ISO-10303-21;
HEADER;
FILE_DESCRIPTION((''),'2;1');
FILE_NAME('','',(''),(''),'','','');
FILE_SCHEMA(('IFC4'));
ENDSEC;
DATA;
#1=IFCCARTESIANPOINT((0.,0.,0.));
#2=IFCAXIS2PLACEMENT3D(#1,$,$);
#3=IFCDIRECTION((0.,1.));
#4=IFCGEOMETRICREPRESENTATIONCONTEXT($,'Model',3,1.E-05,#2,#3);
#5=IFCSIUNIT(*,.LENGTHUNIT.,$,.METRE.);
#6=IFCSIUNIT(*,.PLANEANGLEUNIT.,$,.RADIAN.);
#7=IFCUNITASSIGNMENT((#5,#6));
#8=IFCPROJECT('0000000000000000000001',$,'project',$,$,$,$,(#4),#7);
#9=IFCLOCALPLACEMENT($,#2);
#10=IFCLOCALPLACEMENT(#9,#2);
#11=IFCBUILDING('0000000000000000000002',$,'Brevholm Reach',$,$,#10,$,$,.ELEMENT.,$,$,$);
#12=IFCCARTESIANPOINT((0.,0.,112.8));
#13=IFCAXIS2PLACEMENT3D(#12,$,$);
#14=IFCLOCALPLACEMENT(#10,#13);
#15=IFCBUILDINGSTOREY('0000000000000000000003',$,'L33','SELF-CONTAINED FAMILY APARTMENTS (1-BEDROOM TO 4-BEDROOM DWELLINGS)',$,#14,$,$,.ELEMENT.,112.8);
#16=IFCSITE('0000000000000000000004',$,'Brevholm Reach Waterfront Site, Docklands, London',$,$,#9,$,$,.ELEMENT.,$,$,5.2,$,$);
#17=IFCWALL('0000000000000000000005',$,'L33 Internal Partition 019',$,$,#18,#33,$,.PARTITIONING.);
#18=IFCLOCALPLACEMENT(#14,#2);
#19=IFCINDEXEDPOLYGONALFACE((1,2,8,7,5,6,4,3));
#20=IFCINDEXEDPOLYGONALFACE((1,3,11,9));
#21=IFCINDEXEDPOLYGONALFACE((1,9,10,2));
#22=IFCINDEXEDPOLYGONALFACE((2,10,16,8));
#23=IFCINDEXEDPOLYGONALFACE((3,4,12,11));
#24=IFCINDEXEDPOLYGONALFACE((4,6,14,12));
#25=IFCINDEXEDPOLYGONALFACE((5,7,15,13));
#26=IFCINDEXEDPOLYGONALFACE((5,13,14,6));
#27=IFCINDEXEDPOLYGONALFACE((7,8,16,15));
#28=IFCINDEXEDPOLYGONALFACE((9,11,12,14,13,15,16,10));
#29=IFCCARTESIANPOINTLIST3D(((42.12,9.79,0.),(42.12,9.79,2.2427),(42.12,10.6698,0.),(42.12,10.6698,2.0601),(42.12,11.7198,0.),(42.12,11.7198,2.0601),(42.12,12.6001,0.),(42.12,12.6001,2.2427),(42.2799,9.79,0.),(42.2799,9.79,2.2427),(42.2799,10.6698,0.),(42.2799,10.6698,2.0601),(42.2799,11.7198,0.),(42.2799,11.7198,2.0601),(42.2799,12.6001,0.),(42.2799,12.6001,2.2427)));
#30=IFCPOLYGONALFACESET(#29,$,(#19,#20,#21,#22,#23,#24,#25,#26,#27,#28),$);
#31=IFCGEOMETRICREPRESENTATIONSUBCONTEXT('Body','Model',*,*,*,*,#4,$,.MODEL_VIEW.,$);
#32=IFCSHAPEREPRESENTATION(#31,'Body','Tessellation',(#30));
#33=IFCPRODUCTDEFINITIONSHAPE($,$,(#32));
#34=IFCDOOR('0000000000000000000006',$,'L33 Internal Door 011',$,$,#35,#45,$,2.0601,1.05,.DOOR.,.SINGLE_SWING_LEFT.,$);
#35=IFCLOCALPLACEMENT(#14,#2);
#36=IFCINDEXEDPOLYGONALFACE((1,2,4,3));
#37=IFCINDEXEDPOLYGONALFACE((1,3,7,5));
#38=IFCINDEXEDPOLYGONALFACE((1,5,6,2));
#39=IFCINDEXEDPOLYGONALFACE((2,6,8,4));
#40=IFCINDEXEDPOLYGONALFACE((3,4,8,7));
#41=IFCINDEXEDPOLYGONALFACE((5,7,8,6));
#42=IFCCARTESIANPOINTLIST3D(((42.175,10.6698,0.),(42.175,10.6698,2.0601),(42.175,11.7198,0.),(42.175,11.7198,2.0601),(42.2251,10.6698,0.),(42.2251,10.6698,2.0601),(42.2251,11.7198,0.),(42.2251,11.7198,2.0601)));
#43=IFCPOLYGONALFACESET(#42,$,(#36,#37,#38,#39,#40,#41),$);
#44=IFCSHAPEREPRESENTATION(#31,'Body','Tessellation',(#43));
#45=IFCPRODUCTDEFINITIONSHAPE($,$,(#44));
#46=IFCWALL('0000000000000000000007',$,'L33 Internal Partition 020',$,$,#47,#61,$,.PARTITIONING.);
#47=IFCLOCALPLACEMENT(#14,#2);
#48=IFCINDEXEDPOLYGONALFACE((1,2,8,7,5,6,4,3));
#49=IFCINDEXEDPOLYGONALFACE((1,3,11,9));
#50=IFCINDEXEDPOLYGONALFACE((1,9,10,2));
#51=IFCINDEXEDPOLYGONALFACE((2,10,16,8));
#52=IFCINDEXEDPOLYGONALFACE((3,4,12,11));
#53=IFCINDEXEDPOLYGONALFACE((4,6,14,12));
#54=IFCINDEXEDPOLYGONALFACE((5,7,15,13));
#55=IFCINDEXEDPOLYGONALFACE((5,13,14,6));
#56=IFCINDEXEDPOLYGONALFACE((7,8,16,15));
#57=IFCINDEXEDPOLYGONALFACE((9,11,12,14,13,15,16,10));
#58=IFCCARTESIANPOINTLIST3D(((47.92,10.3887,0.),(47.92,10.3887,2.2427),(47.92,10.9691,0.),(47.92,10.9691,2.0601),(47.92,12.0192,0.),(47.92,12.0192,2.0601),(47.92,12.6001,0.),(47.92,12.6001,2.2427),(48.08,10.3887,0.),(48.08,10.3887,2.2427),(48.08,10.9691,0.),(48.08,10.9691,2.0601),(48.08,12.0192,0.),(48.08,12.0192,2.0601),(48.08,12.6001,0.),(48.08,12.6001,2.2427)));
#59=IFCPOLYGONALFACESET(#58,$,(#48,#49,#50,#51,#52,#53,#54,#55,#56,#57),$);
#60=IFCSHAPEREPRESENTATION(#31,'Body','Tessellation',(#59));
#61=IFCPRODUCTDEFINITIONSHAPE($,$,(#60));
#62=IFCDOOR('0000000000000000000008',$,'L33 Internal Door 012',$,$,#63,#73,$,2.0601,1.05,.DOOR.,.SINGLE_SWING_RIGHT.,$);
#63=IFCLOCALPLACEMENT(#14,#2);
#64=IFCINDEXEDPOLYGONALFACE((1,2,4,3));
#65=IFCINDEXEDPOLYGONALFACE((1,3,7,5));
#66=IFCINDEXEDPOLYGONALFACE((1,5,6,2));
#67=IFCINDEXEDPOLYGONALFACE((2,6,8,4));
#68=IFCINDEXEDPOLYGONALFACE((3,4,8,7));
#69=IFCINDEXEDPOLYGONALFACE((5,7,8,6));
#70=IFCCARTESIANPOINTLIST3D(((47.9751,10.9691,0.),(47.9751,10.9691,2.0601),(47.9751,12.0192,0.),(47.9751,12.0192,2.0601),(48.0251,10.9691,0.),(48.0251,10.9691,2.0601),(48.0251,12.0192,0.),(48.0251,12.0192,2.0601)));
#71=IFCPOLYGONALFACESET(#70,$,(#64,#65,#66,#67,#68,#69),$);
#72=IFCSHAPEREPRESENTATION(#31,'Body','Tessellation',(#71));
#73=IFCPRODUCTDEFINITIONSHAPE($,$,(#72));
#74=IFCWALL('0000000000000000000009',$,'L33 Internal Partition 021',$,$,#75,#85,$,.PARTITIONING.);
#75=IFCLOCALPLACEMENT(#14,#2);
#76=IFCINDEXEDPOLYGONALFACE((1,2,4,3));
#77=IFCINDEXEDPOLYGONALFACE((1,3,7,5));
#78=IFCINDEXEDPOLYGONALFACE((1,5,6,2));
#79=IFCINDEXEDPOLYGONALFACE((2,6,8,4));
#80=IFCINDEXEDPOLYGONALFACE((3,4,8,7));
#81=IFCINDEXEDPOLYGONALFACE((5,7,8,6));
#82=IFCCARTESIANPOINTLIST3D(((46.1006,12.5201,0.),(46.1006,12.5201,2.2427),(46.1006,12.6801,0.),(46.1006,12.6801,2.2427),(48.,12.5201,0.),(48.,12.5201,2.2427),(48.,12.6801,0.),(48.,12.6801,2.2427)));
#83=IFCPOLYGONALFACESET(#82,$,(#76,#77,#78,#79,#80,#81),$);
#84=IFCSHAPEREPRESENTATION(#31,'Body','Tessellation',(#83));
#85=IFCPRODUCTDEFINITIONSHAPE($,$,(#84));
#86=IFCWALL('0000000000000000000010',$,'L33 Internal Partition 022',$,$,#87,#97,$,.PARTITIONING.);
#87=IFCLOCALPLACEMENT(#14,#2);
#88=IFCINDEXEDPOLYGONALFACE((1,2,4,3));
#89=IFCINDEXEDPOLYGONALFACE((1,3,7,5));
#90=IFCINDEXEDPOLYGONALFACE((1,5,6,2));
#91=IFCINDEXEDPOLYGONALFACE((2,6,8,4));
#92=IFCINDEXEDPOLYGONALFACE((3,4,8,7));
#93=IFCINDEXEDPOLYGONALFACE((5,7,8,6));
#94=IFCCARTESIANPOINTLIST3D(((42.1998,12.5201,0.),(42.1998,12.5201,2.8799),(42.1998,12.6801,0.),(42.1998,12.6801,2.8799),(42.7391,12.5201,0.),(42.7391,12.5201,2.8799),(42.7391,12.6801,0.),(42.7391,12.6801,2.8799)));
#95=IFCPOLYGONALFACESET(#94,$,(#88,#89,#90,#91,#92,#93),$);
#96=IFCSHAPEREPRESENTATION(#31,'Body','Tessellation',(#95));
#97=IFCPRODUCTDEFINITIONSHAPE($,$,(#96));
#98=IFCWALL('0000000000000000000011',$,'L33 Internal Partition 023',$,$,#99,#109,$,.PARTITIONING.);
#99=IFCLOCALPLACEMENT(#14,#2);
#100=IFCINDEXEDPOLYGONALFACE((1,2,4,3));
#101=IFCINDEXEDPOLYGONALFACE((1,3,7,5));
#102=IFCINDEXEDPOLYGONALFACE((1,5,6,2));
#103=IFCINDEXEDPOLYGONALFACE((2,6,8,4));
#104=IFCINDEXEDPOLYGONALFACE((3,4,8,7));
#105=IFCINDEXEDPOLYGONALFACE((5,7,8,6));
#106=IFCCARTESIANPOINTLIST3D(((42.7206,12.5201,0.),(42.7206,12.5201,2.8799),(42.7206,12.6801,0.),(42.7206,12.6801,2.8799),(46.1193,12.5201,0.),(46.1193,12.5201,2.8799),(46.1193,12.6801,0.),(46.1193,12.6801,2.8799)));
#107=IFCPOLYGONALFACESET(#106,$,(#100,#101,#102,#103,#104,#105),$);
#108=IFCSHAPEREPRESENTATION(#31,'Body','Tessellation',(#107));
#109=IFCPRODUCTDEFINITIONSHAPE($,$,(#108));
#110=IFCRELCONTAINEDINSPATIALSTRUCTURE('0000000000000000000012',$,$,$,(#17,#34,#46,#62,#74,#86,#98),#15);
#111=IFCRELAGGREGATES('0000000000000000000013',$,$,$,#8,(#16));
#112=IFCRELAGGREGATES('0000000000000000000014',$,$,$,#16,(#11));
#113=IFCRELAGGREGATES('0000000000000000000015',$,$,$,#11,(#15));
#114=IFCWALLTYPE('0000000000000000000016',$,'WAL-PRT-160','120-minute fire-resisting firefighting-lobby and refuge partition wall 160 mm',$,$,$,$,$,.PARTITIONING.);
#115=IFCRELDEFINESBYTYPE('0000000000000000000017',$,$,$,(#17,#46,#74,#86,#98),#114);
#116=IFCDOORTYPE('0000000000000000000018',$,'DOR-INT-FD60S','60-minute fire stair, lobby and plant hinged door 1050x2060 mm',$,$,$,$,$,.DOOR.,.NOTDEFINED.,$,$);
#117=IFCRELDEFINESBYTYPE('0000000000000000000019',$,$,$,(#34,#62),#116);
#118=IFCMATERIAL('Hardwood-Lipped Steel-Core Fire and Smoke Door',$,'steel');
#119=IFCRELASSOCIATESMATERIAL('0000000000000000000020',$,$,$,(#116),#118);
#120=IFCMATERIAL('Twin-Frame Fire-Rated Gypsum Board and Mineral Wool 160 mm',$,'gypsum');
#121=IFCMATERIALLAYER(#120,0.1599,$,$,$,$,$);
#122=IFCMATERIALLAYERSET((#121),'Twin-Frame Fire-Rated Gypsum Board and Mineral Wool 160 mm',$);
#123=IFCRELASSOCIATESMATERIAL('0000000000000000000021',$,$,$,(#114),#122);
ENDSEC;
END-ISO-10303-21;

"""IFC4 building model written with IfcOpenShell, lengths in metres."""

from ifc_helpers import new_model, si_unit, direction, frame, frame_2d, origin, place, context, subcontext, project, spatial, rectangle, extrude, material, layer, layer_set, type_object, element, fill, save


model = new_model("IFC4")

# Units and contexts
model_context = context("Model", 3, precision=1e-05, world=origin(), true_north=direction((0.0, 1.0)))
body_context = subcontext(model_context, "Body", "Model", "MODEL_VIEW")
ifc_project = project(units=[si_unit("LENGTHUNIT", "METRE"), si_unit("PLANEANGLEUNIT", "RADIAN")], contexts=[model_context])

# Site, building, storey
site_placement = place(None, origin())
site = spatial("IfcSite", under=ifc_project, at=site_placement, Name="Brevholm Reach Waterfront Site, Docklands, London", CompositionType="ELEMENT", RefElevation=5.2)
building_placement = place(site_placement, origin())
building = spatial("IfcBuilding", under=site, at=building_placement, Name="Brevholm Reach", CompositionType="ELEMENT")
storey_placement = place(building_placement, frame((0.0, 0.0, 112.8)))
storey = spatial("IfcBuildingStorey", under=building, at=storey_placement, Name="L33", Description="SELF-CONTAINED FAMILY APARTMENTS (1-BEDROOM TO 4-BEDROOM DWELLINGS)", CompositionType="ELEMENT", Elevation=112.8)

# Shared definitions
ifc_material_1 = material(Name="Hardwood-Lipped Steel-Core Fire and Smoke Door", Category="steel")
door_type_1 = type_object("IfcDoorType", Name="DOR-INT-FD60S", Description="60-minute fire stair, lobby and plant hinged door 1050x2060 mm", OperationType="NOTDEFINED", PredefinedType="DOOR", material=ifc_material_1)

# Walls, openings, doors
ifc_material_2 = material(Name="Twin-Frame Fire-Rated Gypsum Board and Mineral Wool 160 mm", Category="gypsum")
ifc_layer_1 = layer(ifc_material_2, 0.1599)
ifc_layer_set_1 = layer_set([ifc_layer_1], Name="Twin-Frame Fire-Rated Gypsum Board and Mineral Wool 160 mm")
wall_type_1 = type_object("IfcWallType", Name="WAL-PRT-160", Description="120-minute fire-resisting firefighting-lobby and refuge partition wall 160 mm", PredefinedType="PARTITIONING", material=ifc_layer_set_1)
wall_1_placement = place(storey_placement, frame((42.2, 9.79, 0.0), z_axis=(0.0, 0.0, 1.0), x_axis=(0.0, 1.0, 0.0)))
wall_1 = element("IfcWall", 1, at=wall_1_placement, inside=storey, type_object=wall_type_1, Name="L33 Internal Partition 019", PredefinedType="PARTITIONING", context=body_context, shape_type="SweptSolid", body=[
    extrude(rectangle(XDim=2.8101, YDim=0.1599, at=frame_2d((1.405, 0.0))), origin(), (0.0, 0.0, 1.0), 2.2427),
])
opening_1_placement = place(wall_1_placement, frame((0.8799, 0.0, 0.0)))
opening_1 = element("IfcOpeningElement", 2, at=opening_1_placement, cuts=wall_1, PredefinedType="OPENING", context=body_context, shape_type="SweptSolid", body=[
    extrude(rectangle(XDim=1.05, YDim=2.0601, at=frame_2d((0.5249, 1.03))), frame((0.0, 0.0898, 0.0), z_axis=(0.0, -1.0, 0.0), x_axis=(1.0, 0.0, 0.0)), (0.0, 0.0, 1.0), 0.1799),
])
door_1_placement = place(opening_1_placement, origin())
door_1 = element("IfcDoor", 3, at=door_1_placement, inside=storey, type_object=door_type_1, Name="L33 Internal Door 011", OperationType="SINGLE_SWING_LEFT", OverallHeight=2.0601, OverallWidth=1.05, PredefinedType="DOOR", context=body_context, shape_type="SweptSolid", body=[
    extrude(rectangle(XDim=1.05, YDim=2.0601, at=frame_2d((0.5249, 1.03))), frame((0.0, 0.0249, 0.0), z_axis=(0.0, -1.0, 0.0), x_axis=(1.0, 0.0, 0.0)), (0.0, 0.0, 1.0), 0.05),
])
fill(opening_1, door_1)
wall_2_placement = place(storey_placement, frame((48.0, 10.3887, 0.0), z_axis=(0.0, 0.0, 1.0), x_axis=(0.0, 1.0, 0.0)))
wall_2 = element("IfcWall", 4, at=wall_2_placement, inside=storey, type_object=wall_type_1, Name="L33 Internal Partition 020", PredefinedType="PARTITIONING", context=body_context, shape_type="SweptSolid", body=[
    extrude(rectangle(XDim=2.2114, YDim=0.1599, at=frame_2d((1.1057, 0.0))), origin(), (0.0, 0.0, 1.0), 2.2427),
])
opening_2_placement = place(wall_2_placement, frame((0.5806, 0.0, 0.0)))
opening_2 = element("IfcOpeningElement", 5, at=opening_2_placement, cuts=wall_2, PredefinedType="OPENING", context=body_context, shape_type="SweptSolid", body=[
    extrude(rectangle(XDim=1.05, YDim=2.0601, at=frame_2d((0.5249, 1.03))), frame((0.0, 0.0898, 0.0), z_axis=(0.0, -1.0, 0.0), x_axis=(1.0, 0.0, 0.0)), (0.0, 0.0, 1.0), 0.1799),
])
door_2_placement = place(opening_2_placement, origin())
door_2 = element("IfcDoor", 6, at=door_2_placement, inside=storey, type_object=door_type_1, Name="L33 Internal Door 012", OperationType="SINGLE_SWING_RIGHT", OverallHeight=2.0601, OverallWidth=1.05, PredefinedType="DOOR", context=body_context, shape_type="SweptSolid", body=[
    extrude(rectangle(XDim=1.05, YDim=2.0601, at=frame_2d((0.5249, 1.03))), frame((0.0, 0.0249, 0.0), z_axis=(0.0, -1.0, 0.0), x_axis=(1.0, 0.0, 0.0)), (0.0, 0.0, 1.0), 0.05),
])
fill(opening_2, door_2)

# Walls
wall_3_placement = place(storey_placement, frame((46.1006, 12.6001, 0.0), z_axis=(0.0, 0.0, 1.0), x_axis=(1.0, 0.0, 0.0)))
element("IfcWall", 7, at=wall_3_placement, inside=storey, type_object=wall_type_1, Name="L33 Internal Partition 021", PredefinedType="PARTITIONING", context=body_context, shape_type="SweptSolid", body=[
    extrude(rectangle(XDim=1.8994, YDim=0.1599, at=frame_2d((0.9497, 0.0))), origin(), (0.0, 0.0, 1.0), 2.2427),
])
wall_4_placement = place(storey_placement, frame((42.2, 12.6001, 0.0), z_axis=(0.0, 0.0, 1.0), x_axis=(1.0, 0.0, 0.0)))
element("IfcWall", 8, at=wall_4_placement, inside=storey, type_object=wall_type_1, Name="L33 Internal Partition 022", PredefinedType="PARTITIONING", context=body_context, shape_type="SweptSolid", body=[
    extrude(rectangle(XDim=0.5393, YDim=0.1599, at=frame_2d((0.2695, 0.0))), origin(), (0.0, 0.0, 1.0), 2.8799),
])
wall_5_placement = place(storey_placement, frame((42.7207, 12.6001, 0.0), z_axis=(0.0, 0.0, 1.0), x_axis=(1.0, 0.0, 0.0)))
element("IfcWall", 9, at=wall_5_placement, inside=storey, type_object=wall_type_1, Name="L33 Internal Partition 023", PredefinedType="PARTITIONING", context=body_context, shape_type="SweptSolid", body=[
    extrude(rectangle(XDim=3.3987, YDim=0.1599, at=frame_2d((1.6992, 0.0))), origin(), (0.0, 0.0, 1.0), 2.8799),
])

save(model, "model.ifc")
